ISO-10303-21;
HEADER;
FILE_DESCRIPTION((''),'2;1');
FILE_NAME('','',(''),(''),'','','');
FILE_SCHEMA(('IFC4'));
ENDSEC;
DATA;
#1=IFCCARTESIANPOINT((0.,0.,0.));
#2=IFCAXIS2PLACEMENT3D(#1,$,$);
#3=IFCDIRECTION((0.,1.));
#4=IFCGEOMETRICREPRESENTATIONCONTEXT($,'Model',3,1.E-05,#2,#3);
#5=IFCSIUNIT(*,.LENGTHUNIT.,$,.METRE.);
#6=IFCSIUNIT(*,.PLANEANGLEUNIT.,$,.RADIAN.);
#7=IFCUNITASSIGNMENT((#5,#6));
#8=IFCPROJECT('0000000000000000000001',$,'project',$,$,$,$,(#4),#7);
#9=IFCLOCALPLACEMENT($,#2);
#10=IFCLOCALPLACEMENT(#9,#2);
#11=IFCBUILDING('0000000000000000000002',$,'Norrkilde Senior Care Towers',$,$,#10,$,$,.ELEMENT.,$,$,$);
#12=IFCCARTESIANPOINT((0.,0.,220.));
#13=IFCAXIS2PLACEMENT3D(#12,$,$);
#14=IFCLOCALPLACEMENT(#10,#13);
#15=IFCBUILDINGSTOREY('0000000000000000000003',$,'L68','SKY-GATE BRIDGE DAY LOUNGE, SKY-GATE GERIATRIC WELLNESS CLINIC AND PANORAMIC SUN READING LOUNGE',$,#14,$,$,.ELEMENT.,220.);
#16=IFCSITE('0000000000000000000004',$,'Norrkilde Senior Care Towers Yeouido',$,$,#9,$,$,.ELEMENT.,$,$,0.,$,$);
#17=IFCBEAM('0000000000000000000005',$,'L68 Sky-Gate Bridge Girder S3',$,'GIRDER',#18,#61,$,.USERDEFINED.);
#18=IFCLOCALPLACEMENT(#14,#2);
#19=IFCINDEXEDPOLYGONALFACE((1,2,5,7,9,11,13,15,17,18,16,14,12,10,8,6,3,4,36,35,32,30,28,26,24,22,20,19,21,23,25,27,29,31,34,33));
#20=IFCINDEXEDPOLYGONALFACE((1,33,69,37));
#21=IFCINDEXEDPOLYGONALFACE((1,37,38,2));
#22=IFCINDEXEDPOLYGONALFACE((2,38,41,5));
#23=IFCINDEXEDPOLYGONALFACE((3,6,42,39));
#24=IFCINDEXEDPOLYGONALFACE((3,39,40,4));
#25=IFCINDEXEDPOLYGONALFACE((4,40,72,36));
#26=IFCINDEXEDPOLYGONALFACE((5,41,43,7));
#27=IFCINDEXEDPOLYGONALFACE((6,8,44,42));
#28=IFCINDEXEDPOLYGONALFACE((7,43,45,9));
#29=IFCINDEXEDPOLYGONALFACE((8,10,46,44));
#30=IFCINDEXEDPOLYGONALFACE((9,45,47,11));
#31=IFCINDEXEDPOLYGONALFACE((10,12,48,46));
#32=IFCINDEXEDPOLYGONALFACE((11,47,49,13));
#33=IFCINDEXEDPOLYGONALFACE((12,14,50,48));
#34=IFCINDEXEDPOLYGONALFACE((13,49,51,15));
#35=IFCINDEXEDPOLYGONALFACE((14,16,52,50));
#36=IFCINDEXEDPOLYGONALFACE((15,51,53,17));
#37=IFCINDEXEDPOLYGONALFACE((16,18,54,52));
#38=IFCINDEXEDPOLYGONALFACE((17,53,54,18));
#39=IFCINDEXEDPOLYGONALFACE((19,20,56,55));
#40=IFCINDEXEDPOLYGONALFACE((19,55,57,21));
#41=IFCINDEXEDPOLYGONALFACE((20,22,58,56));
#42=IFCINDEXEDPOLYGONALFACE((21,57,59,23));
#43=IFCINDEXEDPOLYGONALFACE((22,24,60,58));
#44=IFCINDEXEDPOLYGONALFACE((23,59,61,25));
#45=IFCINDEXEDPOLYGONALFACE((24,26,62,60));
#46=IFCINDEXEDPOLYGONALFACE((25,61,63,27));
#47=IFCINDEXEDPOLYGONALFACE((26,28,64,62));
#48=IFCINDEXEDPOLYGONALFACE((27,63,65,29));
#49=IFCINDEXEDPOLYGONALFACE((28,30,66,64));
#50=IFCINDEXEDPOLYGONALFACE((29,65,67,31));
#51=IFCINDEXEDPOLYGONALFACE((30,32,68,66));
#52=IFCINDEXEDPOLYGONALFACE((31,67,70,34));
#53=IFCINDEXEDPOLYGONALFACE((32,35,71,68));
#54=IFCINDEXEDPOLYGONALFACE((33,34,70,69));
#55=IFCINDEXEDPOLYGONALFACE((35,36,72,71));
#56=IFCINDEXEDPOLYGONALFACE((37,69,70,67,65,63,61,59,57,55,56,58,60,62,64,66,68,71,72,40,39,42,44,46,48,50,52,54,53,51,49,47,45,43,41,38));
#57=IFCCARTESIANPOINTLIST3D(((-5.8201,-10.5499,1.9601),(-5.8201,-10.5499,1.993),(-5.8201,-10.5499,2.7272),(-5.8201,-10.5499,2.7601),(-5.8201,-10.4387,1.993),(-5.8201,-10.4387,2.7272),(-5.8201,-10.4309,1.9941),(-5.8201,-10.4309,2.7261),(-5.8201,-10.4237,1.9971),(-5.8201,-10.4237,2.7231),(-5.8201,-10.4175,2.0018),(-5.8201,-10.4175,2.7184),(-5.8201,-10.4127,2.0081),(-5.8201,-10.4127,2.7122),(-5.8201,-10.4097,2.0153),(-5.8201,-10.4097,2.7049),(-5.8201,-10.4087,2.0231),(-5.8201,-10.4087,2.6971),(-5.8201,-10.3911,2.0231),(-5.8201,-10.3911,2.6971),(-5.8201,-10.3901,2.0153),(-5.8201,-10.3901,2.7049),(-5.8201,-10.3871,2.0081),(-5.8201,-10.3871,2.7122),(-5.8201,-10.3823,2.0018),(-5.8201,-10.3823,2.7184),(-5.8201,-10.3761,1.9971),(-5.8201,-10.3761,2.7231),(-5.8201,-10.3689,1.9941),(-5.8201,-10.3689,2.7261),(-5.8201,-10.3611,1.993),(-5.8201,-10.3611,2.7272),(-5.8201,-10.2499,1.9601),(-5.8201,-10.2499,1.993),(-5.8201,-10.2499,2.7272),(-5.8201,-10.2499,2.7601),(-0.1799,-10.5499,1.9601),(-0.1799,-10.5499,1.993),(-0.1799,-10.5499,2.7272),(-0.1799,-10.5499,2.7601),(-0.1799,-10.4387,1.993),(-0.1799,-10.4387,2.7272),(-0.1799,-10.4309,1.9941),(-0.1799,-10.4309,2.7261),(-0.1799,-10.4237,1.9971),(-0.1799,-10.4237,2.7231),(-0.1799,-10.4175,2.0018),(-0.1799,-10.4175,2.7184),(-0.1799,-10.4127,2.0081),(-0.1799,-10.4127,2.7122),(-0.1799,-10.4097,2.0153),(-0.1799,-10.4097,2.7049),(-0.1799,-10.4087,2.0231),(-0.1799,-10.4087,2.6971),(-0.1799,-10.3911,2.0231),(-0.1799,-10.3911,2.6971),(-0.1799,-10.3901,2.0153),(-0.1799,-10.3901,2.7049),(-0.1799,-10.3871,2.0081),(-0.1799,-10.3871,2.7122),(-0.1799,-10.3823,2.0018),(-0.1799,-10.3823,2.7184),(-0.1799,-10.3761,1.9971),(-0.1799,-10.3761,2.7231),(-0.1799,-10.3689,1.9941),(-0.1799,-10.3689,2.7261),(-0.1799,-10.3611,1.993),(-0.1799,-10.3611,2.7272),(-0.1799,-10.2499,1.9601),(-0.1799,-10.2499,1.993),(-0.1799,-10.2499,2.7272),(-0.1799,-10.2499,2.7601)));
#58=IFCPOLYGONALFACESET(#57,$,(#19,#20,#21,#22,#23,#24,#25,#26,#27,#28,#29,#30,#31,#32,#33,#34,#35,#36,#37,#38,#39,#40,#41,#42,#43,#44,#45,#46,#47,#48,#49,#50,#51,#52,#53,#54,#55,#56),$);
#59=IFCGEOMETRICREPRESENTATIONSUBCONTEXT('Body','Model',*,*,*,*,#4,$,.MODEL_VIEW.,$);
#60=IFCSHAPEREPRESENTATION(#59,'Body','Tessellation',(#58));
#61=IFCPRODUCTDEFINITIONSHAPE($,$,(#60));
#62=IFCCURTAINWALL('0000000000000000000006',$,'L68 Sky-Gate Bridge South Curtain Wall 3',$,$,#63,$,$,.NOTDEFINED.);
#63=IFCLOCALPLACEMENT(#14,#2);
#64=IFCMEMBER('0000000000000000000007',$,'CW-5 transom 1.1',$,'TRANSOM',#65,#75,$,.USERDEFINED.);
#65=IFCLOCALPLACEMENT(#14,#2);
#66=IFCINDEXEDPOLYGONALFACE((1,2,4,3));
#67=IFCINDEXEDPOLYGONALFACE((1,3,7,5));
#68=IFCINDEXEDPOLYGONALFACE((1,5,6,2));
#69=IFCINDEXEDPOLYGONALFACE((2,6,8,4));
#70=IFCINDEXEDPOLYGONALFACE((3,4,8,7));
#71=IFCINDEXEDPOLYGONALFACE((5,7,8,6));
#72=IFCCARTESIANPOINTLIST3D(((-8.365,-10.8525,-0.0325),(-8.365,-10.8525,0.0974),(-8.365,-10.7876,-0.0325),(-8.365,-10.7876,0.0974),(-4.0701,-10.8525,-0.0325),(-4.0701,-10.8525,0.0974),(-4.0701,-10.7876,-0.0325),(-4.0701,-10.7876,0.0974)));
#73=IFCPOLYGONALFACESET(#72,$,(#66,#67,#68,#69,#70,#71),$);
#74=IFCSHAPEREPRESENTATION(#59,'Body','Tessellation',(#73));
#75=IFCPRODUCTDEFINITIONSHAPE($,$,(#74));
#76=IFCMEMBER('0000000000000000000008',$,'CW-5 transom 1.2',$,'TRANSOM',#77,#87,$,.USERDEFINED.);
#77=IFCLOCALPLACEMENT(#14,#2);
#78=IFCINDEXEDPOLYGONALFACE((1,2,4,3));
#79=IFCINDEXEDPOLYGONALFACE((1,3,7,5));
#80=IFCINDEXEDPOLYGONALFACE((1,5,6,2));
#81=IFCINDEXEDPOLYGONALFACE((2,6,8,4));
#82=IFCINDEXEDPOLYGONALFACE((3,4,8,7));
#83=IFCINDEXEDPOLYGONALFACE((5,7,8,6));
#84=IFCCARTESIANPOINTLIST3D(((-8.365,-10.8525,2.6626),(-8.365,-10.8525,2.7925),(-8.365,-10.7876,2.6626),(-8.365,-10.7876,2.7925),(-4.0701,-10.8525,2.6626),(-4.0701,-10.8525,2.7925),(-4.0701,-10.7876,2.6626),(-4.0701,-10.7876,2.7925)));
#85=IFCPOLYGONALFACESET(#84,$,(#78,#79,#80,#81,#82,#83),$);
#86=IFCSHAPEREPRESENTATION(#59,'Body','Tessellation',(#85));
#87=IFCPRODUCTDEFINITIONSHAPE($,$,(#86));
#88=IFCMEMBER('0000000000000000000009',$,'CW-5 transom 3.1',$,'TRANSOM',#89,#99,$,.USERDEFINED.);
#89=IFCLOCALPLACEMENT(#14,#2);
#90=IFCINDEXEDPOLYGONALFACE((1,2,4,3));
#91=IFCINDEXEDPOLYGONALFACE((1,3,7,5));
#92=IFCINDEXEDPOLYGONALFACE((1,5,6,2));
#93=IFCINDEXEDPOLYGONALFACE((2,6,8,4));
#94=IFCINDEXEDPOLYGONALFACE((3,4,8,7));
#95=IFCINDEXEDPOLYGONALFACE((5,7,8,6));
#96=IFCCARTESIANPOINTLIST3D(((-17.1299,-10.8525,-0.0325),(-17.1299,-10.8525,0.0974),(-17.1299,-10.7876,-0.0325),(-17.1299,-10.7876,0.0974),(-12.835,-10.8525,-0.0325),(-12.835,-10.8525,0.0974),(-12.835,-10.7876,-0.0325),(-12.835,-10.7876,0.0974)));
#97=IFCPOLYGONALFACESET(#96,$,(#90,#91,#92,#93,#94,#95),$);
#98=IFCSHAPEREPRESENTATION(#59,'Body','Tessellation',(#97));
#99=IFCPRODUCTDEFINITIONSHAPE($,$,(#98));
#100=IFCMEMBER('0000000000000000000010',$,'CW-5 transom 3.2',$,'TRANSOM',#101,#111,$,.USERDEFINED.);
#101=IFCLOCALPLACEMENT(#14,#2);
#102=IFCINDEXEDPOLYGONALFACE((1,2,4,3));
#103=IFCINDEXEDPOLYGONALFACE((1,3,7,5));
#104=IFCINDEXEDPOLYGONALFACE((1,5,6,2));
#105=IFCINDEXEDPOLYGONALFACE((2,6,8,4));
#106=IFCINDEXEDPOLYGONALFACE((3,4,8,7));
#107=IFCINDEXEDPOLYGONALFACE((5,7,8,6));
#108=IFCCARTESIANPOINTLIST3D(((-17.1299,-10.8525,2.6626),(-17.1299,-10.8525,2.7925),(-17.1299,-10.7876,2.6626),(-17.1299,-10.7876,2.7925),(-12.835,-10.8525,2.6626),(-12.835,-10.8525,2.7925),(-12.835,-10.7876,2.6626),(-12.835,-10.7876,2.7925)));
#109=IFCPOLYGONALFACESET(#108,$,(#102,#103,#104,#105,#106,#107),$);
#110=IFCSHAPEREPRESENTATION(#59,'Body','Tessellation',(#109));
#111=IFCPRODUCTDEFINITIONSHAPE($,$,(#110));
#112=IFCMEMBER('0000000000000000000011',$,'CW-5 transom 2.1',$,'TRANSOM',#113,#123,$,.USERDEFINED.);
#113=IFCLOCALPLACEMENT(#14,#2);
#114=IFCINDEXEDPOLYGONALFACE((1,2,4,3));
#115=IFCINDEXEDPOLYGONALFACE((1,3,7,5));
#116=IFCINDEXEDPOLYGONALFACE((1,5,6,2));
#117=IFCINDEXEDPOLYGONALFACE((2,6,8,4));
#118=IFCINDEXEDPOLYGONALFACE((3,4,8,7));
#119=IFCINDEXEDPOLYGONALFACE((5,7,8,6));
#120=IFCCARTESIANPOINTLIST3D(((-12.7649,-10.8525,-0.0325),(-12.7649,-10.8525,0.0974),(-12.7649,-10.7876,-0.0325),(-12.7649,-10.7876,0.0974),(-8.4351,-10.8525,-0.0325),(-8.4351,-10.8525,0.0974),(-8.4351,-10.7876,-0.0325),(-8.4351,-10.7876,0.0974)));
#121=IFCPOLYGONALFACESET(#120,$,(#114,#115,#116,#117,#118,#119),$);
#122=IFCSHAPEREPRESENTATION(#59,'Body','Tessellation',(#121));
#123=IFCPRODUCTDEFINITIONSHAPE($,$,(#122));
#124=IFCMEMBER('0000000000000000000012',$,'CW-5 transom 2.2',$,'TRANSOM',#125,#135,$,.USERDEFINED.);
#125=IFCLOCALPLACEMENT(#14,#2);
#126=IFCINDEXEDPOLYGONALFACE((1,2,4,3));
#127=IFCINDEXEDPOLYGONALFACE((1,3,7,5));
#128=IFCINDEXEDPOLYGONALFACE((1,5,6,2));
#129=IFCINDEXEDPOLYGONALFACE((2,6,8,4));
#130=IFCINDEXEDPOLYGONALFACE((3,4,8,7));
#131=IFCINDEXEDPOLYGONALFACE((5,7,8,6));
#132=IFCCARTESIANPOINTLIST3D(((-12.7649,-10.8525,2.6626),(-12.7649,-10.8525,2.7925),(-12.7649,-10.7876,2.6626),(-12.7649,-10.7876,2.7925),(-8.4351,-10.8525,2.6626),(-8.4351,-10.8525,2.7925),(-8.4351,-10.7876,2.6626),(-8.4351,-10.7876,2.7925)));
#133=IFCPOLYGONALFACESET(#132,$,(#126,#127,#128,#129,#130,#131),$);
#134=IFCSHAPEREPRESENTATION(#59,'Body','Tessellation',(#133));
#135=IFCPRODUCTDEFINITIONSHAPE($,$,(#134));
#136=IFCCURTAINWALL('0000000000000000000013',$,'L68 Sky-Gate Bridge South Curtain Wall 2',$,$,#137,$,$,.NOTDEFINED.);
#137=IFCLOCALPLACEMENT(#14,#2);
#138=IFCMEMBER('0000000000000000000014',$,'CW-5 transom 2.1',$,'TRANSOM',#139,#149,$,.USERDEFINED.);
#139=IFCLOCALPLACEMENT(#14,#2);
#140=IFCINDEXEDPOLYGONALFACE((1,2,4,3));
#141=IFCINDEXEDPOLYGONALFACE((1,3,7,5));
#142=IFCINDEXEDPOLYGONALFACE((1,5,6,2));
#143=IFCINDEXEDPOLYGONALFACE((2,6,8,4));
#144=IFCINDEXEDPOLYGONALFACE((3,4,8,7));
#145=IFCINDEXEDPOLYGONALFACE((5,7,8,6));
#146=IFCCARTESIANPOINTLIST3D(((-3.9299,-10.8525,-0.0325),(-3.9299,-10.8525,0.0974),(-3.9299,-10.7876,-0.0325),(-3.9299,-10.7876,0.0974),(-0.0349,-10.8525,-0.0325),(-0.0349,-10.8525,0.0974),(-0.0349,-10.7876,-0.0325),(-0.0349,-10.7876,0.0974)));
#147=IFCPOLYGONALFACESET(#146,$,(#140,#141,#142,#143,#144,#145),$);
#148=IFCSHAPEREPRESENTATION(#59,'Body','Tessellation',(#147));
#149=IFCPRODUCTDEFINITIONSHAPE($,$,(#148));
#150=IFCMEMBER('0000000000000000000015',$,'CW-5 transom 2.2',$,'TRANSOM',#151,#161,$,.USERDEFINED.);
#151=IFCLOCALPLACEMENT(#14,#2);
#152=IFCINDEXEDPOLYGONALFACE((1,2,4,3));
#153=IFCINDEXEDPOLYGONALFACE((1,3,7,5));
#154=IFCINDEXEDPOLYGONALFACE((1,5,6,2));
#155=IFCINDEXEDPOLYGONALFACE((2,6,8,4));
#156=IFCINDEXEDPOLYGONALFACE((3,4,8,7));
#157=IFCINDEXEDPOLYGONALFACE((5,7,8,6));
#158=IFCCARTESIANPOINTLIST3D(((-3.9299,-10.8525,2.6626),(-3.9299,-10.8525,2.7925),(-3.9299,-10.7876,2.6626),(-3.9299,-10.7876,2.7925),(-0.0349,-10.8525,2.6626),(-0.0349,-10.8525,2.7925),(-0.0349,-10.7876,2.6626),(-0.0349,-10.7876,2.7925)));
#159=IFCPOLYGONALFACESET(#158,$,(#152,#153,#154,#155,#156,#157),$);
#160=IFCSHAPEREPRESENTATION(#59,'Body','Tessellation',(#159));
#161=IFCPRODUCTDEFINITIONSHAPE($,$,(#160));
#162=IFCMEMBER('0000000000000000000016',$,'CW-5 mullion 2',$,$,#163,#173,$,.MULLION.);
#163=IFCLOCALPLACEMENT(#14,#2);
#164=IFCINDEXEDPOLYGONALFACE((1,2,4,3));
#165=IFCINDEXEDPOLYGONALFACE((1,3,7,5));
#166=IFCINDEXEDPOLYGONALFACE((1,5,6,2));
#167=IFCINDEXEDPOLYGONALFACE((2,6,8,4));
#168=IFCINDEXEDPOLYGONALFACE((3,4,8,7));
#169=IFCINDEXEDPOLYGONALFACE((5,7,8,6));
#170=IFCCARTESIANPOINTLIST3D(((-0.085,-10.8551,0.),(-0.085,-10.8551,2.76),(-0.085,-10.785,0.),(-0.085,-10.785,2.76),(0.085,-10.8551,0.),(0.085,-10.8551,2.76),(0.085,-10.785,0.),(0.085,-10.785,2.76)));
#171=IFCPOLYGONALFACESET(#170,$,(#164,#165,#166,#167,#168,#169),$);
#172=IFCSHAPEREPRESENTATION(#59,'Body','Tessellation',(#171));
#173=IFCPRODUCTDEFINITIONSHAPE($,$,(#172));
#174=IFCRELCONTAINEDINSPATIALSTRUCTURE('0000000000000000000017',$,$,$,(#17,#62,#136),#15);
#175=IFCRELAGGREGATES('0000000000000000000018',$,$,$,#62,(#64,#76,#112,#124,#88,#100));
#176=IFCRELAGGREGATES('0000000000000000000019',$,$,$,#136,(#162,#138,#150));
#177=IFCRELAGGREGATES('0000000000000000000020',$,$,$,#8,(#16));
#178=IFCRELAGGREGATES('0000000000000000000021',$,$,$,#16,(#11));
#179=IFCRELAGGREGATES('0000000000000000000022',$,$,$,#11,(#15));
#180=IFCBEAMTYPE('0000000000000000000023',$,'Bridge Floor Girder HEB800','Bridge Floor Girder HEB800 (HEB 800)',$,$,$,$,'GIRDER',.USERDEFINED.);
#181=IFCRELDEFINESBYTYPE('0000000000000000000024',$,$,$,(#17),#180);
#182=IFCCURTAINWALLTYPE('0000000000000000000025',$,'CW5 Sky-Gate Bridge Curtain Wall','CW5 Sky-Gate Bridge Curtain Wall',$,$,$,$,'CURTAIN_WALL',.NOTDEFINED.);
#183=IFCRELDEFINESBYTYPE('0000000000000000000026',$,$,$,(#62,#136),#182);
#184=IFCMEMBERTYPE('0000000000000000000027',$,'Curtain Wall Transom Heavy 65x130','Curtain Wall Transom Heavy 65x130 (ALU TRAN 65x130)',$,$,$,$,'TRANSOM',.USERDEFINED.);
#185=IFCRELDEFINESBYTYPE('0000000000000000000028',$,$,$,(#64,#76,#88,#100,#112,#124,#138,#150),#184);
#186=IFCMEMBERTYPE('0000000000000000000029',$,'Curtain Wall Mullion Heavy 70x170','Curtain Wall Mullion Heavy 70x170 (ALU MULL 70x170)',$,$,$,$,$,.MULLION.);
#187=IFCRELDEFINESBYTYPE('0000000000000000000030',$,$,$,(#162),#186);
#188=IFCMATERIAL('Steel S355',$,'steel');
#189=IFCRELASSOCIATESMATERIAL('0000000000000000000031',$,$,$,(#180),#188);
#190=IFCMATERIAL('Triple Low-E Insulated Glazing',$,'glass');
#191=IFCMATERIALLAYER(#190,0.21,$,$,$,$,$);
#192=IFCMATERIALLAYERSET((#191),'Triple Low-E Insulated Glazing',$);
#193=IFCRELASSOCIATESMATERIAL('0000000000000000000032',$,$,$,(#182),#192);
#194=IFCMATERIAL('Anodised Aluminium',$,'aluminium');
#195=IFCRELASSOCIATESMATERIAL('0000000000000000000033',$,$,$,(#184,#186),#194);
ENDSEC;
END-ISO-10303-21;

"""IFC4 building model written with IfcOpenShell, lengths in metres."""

from ifc_helpers import new_model, si_unit, direction, frame, origin, origin_2d, place, context, subcontext, project, spatial, rectangle, i_section, extrude, source, transform, mapped, material, layer, layer_set, material_profile, profile_set, type_object, type_shapes, element, aggregate, save


model = new_model("IFC4")

# Units and contexts
model_context = context("Model", 3, precision=1e-05, world=origin(), true_north=direction((0.0, 1.0)))
body_context = subcontext(model_context, "Body", "Model", "MODEL_VIEW")
ifc_project = project(units=[si_unit("LENGTHUNIT", "METRE"), si_unit("PLANEANGLEUNIT", "RADIAN")], contexts=[model_context])

# Site, building, storey
site_placement = place(None, origin())
site = spatial("IfcSite", under=ifc_project, at=site_placement, Name="Norrkilde Senior Care Towers Yeouido", CompositionType="ELEMENT", RefElevation=0.0)
building_placement = place(site_placement, origin())
building = spatial("IfcBuilding", under=site, at=building_placement, Name="Norrkilde Senior Care Towers", CompositionType="ELEMENT")
storey_placement = place(building_placement, frame((0.0, 0.0, 220.0)))
storey = spatial("IfcBuildingStorey", under=building, at=storey_placement, Name="L68", Description="SKY-GATE BRIDGE DAY LOUNGE, SKY-GATE GERIATRIC WELLNESS CLINIC AND PANORAMIC SUN READING LOUNGE", CompositionType="ELEMENT", Elevation=220.0)

# Shared definitions
ifc_material_1 = material(Name="Steel S355", Category="steel")

# Beam
ifc_material_profile_1 = material_profile(ifc_material_1, i_section(OverallWidth=0.3, OverallDepth=0.8, WebThickness=0.0176, FlangeThickness=0.033, FilletRadius=0.03, at=origin_2d()), Name="HEB 800")
ifc_profile_set_1 = profile_set([ifc_material_profile_1], Name="Steel S355")
beam_type_1 = type_object("IfcBeamType", Name="Bridge Floor Girder HEB800", Description="Bridge Floor Girder HEB800 (HEB 800)", ElementType="GIRDER", PredefinedType="USERDEFINED", material=ifc_profile_set_1)
shared_shape_1 = source(origin(), body_context, "Body", "SweptSolid", [
    extrude(i_section(OverallWidth=0.3, OverallDepth=0.8, WebThickness=0.0176, FlangeThickness=0.033, FilletRadius=0.03, at=origin_2d()), origin(), (0.0, 0.0, 1.0), 5.6401),
])
type_shapes(beam_type_1, [shared_shape_1])
for number, where, z_axis, x_axis, name in (
    (1, (-5.8201, -10.3999, 2.3601), (1.0, 0.0, 0.0), (0.0, 1.0, 0.0), "L68 Sky-Gate Bridge Girder S3"),
):
    element("IfcBeam", number, at=place(storey_placement, frame(where, z_axis=z_axis, x_axis=x_axis)), inside=storey, type_object=beam_type_1, Name=name, ObjectType="GIRDER", PredefinedType="USERDEFINED", context=body_context, shape_type="MappedRepresentation", body=[
        mapped(shared_shape_1, transform((0.0, 0.0, 0.0), x_axis=(1.0, 0.0, 0.0), y_axis=(0.0, 1.0, 0.0), z_axis=(0.0, 0.0, 1.0), scale=1.0)),
    ])

# Curtain walls, members
ifc_material_2 = material(Name="Triple Low-E Insulated Glazing", Category="glass")
ifc_layer_1 = layer(ifc_material_2, 0.21)
ifc_layer_set_1 = layer_set([ifc_layer_1], Name="Triple Low-E Insulated Glazing")
curtain_wall_type = type_object("IfcCurtainWallType", Name="CW5 Sky-Gate Bridge Curtain Wall", Description="CW5 Sky-Gate Bridge Curtain Wall", ElementType="CURTAIN_WALL", PredefinedType="NOTDEFINED", material=ifc_layer_set_1)
curtain_wall_1_placement = place(storey_placement, origin())
curtain_wall_1 = element("IfcCurtainWall", 2, at=curtain_wall_1_placement, inside=storey, type_object=curtain_wall_type, Name="L68 Sky-Gate Bridge South Curtain Wall 3", PredefinedType="NOTDEFINED")
ifc_material_3 = material(Name="Anodised Aluminium", Category="aluminium")
ifc_material_profile_2 = material_profile(ifc_material_3, rectangle(XDim=0.0649, YDim=0.1299, at=origin_2d()), Name="ALU TRAN 65x130")
ifc_profile_set_2 = profile_set([ifc_material_profile_2], Name="Anodised Aluminium")
member_type_1 = type_object("IfcMemberType", Name="Curtain Wall Transom Heavy 65x130", Description="Curtain Wall Transom Heavy 65x130 (ALU TRAN 65x130)", ElementType="TRANSOM", PredefinedType="USERDEFINED", material=ifc_profile_set_2)
shared_shape_2 = source(origin(), body_context, "Body", "SweptSolid", [
    extrude(rectangle(XDim=0.0649, YDim=0.1299, at=origin_2d()), origin(), (0.0, 0.0, 1.0), 4.2949),
])
member_1_placement = place(storey_placement, frame((-4.0701, -10.8201, 0.0325), z_axis=(-1.0, 0.0, 0.0), x_axis=(0.0, -1.0, 0.0)))
member_1 = element("IfcMember", 3, at=member_1_placement, type_object=member_type_1, Name="CW-5 transom 1.1", ObjectType="TRANSOM", PredefinedType="USERDEFINED", context=body_context, shape_type="MappedRepresentation", body=[
    mapped(shared_shape_2, transform((0.0, 0.0, 0.0), x_axis=(1.0, 0.0, 0.0), y_axis=(0.0, 1.0, 0.0), z_axis=(0.0, 0.0, 1.0), scale=1.0)),
])
member_2_placement = place(storey_placement, frame((-4.0701, -10.8201, 2.7275), z_axis=(-1.0, 0.0, 0.0), x_axis=(0.0, -1.0, 0.0)))
member_2 = element("IfcMember", 4, at=member_2_placement, type_object=member_type_1, Name="CW-5 transom 1.2", ObjectType="TRANSOM", PredefinedType="USERDEFINED", context=body_context, shape_type="MappedRepresentation", body=[
    mapped(shared_shape_2, transform((0.0, 0.0, 0.0), x_axis=(1.0, 0.0, 0.0), y_axis=(0.0, 1.0, 0.0), z_axis=(0.0, 0.0, 1.0), scale=1.0)),
])
member_3_placement = place(storey_placement, frame((-12.835, -10.8201, 0.0325), z_axis=(-1.0, 0.0, 0.0), x_axis=(0.0, -1.0, 0.0)))
member_3 = element("IfcMember", 5, at=member_3_placement, type_object=member_type_1, Name="CW-5 transom 3.1", ObjectType="TRANSOM", PredefinedType="USERDEFINED", context=body_context, shape_type="MappedRepresentation", body=[
    mapped(shared_shape_2, transform((0.0, 0.0, 0.0), x_axis=(1.0, 0.0, 0.0), y_axis=(0.0, 1.0, 0.0), z_axis=(0.0, 0.0, 1.0), scale=1.0)),
])
member_4_placement = place(storey_placement, frame((-12.835, -10.8201, 2.7275), z_axis=(-1.0, 0.0, 0.0), x_axis=(0.0, -1.0, 0.0)))
member_4 = element("IfcMember", 6, at=member_4_placement, type_object=member_type_1, Name="CW-5 transom 3.2", ObjectType="TRANSOM", PredefinedType="USERDEFINED", context=body_context, shape_type="MappedRepresentation", body=[
    mapped(shared_shape_2, transform((0.0, 0.0, 0.0), x_axis=(1.0, 0.0, 0.0), y_axis=(0.0, 1.0, 0.0), z_axis=(0.0, 0.0, 1.0), scale=1.0)),
])
shared_shape_3 = source(origin(), body_context, "Body", "SweptSolid", [
    extrude(rectangle(XDim=0.0649, YDim=0.1299, at=origin_2d()), origin(), (0.0, 0.0, 1.0), 4.3298),
])
member_5_placement = place(storey_placement, frame((-8.4351, -10.8201, 0.0325), z_axis=(-1.0, 0.0, 0.0), x_axis=(0.0, -1.0, 0.0)))
member_5 = element("IfcMember", 7, at=member_5_placement, type_object=member_type_1, Name="CW-5 transom 2.1", ObjectType="TRANSOM", PredefinedType="USERDEFINED", context=body_context, shape_type="MappedRepresentation", body=[
    mapped(shared_shape_3, transform((0.0, 0.0, 0.0), x_axis=(1.0, 0.0, 0.0), y_axis=(0.0, 1.0, 0.0), z_axis=(0.0, 0.0, 1.0), scale=1.0)),
])
member_6_placement = place(storey_placement, frame((-8.4351, -10.8201, 2.7275), z_axis=(-1.0, 0.0, 0.0), x_axis=(0.0, -1.0, 0.0)))
member_6 = element("IfcMember", 8, at=member_6_placement, type_object=member_type_1, Name="CW-5 transom 2.2", ObjectType="TRANSOM", PredefinedType="USERDEFINED", context=body_context, shape_type="MappedRepresentation", body=[
    mapped(shared_shape_3, transform((0.0, 0.0, 0.0), x_axis=(1.0, 0.0, 0.0), y_axis=(0.0, 1.0, 0.0), z_axis=(0.0, 0.0, 1.0), scale=1.0)),
])
curtain_wall_2_placement = place(storey_placement, origin())
curtain_wall_2 = element("IfcCurtainWall", 9, at=curtain_wall_2_placement, inside=storey, type_object=curtain_wall_type, Name="L68 Sky-Gate Bridge South Curtain Wall 2", PredefinedType="NOTDEFINED")
shared_shape_4 = source(origin(), body_context, "Body", "SweptSolid", [
    extrude(rectangle(XDim=0.0649, YDim=0.1299, at=origin_2d()), origin(), (0.0, 0.0, 1.0), 3.895),
])
type_shapes(member_type_1, [shared_shape_2, shared_shape_3, shared_shape_4])
member_7_placement = place(storey_placement, frame((-0.0349, -10.8201, 0.0325), z_axis=(-1.0, 0.0, 0.0), x_axis=(0.0, -1.0, 0.0)))
member_7 = element("IfcMember", 10, at=member_7_placement, type_object=member_type_1, Name="CW-5 transom 2.1", ObjectType="TRANSOM", PredefinedType="USERDEFINED", context=body_context, shape_type="MappedRepresentation", body=[
    mapped(shared_shape_4, transform((0.0, 0.0, 0.0), x_axis=(1.0, 0.0, 0.0), y_axis=(0.0, 1.0, 0.0), z_axis=(0.0, 0.0, 1.0), scale=1.0)),
])
member_8_placement = place(storey_placement, frame((-0.0349, -10.8201, 2.7275), z_axis=(-1.0, 0.0, 0.0), x_axis=(0.0, -1.0, 0.0)))
member_8 = element("IfcMember", 11, at=member_8_placement, type_object=member_type_1, Name="CW-5 transom 2.2", ObjectType="TRANSOM", PredefinedType="USERDEFINED", context=body_context, shape_type="MappedRepresentation", body=[
    mapped(shared_shape_4, transform((0.0, 0.0, 0.0), x_axis=(1.0, 0.0, 0.0), y_axis=(0.0, 1.0, 0.0), z_axis=(0.0, 0.0, 1.0), scale=1.0)),
])
ifc_material_profile_3 = material_profile(ifc_material_3, rectangle(XDim=0.0701, YDim=0.1699, at=origin_2d()), Name="ALU MULL 70x170")
ifc_profile_set_3 = profile_set([ifc_material_profile_3], Name="Anodised Aluminium")
member_type_2 = type_object("IfcMemberType", Name="Curtain Wall Mullion Heavy 70x170", Description="Curtain Wall Mullion Heavy 70x170 (ALU MULL 70x170)", PredefinedType="MULLION", material=ifc_profile_set_3)
shared_shape_5 = source(origin(), body_context, "Body", "SweptSolid", [
    extrude(rectangle(XDim=0.0701, YDim=0.1699, at=origin_2d()), origin(), (0.0, 0.0, 1.0), 2.76),
])
type_shapes(member_type_2, [shared_shape_5])
member_9_placement = place(storey_placement, frame((0.0, -10.8201, 0.0), z_axis=(0.0, 0.0, 1.0), x_axis=(0.0, -1.0, 0.0)))
member_9 = element("IfcMember", 12, at=member_9_placement, type_object=member_type_2, Name="CW-5 mullion 2", PredefinedType="MULLION", context=body_context, shape_type="MappedRepresentation", body=[
    mapped(shared_shape_5, transform((0.0, 0.0, 0.0), x_axis=(1.0, 0.0, 0.0), y_axis=(0.0, 1.0, 0.0), z_axis=(0.0, 0.0, 1.0), scale=1.0)),
])

aggregate(curtain_wall_1, [member_1, member_2, member_5, member_6, member_3, member_4])
aggregate(curtain_wall_2, [member_9, member_7, member_8])

save(model, "model.ifc")
